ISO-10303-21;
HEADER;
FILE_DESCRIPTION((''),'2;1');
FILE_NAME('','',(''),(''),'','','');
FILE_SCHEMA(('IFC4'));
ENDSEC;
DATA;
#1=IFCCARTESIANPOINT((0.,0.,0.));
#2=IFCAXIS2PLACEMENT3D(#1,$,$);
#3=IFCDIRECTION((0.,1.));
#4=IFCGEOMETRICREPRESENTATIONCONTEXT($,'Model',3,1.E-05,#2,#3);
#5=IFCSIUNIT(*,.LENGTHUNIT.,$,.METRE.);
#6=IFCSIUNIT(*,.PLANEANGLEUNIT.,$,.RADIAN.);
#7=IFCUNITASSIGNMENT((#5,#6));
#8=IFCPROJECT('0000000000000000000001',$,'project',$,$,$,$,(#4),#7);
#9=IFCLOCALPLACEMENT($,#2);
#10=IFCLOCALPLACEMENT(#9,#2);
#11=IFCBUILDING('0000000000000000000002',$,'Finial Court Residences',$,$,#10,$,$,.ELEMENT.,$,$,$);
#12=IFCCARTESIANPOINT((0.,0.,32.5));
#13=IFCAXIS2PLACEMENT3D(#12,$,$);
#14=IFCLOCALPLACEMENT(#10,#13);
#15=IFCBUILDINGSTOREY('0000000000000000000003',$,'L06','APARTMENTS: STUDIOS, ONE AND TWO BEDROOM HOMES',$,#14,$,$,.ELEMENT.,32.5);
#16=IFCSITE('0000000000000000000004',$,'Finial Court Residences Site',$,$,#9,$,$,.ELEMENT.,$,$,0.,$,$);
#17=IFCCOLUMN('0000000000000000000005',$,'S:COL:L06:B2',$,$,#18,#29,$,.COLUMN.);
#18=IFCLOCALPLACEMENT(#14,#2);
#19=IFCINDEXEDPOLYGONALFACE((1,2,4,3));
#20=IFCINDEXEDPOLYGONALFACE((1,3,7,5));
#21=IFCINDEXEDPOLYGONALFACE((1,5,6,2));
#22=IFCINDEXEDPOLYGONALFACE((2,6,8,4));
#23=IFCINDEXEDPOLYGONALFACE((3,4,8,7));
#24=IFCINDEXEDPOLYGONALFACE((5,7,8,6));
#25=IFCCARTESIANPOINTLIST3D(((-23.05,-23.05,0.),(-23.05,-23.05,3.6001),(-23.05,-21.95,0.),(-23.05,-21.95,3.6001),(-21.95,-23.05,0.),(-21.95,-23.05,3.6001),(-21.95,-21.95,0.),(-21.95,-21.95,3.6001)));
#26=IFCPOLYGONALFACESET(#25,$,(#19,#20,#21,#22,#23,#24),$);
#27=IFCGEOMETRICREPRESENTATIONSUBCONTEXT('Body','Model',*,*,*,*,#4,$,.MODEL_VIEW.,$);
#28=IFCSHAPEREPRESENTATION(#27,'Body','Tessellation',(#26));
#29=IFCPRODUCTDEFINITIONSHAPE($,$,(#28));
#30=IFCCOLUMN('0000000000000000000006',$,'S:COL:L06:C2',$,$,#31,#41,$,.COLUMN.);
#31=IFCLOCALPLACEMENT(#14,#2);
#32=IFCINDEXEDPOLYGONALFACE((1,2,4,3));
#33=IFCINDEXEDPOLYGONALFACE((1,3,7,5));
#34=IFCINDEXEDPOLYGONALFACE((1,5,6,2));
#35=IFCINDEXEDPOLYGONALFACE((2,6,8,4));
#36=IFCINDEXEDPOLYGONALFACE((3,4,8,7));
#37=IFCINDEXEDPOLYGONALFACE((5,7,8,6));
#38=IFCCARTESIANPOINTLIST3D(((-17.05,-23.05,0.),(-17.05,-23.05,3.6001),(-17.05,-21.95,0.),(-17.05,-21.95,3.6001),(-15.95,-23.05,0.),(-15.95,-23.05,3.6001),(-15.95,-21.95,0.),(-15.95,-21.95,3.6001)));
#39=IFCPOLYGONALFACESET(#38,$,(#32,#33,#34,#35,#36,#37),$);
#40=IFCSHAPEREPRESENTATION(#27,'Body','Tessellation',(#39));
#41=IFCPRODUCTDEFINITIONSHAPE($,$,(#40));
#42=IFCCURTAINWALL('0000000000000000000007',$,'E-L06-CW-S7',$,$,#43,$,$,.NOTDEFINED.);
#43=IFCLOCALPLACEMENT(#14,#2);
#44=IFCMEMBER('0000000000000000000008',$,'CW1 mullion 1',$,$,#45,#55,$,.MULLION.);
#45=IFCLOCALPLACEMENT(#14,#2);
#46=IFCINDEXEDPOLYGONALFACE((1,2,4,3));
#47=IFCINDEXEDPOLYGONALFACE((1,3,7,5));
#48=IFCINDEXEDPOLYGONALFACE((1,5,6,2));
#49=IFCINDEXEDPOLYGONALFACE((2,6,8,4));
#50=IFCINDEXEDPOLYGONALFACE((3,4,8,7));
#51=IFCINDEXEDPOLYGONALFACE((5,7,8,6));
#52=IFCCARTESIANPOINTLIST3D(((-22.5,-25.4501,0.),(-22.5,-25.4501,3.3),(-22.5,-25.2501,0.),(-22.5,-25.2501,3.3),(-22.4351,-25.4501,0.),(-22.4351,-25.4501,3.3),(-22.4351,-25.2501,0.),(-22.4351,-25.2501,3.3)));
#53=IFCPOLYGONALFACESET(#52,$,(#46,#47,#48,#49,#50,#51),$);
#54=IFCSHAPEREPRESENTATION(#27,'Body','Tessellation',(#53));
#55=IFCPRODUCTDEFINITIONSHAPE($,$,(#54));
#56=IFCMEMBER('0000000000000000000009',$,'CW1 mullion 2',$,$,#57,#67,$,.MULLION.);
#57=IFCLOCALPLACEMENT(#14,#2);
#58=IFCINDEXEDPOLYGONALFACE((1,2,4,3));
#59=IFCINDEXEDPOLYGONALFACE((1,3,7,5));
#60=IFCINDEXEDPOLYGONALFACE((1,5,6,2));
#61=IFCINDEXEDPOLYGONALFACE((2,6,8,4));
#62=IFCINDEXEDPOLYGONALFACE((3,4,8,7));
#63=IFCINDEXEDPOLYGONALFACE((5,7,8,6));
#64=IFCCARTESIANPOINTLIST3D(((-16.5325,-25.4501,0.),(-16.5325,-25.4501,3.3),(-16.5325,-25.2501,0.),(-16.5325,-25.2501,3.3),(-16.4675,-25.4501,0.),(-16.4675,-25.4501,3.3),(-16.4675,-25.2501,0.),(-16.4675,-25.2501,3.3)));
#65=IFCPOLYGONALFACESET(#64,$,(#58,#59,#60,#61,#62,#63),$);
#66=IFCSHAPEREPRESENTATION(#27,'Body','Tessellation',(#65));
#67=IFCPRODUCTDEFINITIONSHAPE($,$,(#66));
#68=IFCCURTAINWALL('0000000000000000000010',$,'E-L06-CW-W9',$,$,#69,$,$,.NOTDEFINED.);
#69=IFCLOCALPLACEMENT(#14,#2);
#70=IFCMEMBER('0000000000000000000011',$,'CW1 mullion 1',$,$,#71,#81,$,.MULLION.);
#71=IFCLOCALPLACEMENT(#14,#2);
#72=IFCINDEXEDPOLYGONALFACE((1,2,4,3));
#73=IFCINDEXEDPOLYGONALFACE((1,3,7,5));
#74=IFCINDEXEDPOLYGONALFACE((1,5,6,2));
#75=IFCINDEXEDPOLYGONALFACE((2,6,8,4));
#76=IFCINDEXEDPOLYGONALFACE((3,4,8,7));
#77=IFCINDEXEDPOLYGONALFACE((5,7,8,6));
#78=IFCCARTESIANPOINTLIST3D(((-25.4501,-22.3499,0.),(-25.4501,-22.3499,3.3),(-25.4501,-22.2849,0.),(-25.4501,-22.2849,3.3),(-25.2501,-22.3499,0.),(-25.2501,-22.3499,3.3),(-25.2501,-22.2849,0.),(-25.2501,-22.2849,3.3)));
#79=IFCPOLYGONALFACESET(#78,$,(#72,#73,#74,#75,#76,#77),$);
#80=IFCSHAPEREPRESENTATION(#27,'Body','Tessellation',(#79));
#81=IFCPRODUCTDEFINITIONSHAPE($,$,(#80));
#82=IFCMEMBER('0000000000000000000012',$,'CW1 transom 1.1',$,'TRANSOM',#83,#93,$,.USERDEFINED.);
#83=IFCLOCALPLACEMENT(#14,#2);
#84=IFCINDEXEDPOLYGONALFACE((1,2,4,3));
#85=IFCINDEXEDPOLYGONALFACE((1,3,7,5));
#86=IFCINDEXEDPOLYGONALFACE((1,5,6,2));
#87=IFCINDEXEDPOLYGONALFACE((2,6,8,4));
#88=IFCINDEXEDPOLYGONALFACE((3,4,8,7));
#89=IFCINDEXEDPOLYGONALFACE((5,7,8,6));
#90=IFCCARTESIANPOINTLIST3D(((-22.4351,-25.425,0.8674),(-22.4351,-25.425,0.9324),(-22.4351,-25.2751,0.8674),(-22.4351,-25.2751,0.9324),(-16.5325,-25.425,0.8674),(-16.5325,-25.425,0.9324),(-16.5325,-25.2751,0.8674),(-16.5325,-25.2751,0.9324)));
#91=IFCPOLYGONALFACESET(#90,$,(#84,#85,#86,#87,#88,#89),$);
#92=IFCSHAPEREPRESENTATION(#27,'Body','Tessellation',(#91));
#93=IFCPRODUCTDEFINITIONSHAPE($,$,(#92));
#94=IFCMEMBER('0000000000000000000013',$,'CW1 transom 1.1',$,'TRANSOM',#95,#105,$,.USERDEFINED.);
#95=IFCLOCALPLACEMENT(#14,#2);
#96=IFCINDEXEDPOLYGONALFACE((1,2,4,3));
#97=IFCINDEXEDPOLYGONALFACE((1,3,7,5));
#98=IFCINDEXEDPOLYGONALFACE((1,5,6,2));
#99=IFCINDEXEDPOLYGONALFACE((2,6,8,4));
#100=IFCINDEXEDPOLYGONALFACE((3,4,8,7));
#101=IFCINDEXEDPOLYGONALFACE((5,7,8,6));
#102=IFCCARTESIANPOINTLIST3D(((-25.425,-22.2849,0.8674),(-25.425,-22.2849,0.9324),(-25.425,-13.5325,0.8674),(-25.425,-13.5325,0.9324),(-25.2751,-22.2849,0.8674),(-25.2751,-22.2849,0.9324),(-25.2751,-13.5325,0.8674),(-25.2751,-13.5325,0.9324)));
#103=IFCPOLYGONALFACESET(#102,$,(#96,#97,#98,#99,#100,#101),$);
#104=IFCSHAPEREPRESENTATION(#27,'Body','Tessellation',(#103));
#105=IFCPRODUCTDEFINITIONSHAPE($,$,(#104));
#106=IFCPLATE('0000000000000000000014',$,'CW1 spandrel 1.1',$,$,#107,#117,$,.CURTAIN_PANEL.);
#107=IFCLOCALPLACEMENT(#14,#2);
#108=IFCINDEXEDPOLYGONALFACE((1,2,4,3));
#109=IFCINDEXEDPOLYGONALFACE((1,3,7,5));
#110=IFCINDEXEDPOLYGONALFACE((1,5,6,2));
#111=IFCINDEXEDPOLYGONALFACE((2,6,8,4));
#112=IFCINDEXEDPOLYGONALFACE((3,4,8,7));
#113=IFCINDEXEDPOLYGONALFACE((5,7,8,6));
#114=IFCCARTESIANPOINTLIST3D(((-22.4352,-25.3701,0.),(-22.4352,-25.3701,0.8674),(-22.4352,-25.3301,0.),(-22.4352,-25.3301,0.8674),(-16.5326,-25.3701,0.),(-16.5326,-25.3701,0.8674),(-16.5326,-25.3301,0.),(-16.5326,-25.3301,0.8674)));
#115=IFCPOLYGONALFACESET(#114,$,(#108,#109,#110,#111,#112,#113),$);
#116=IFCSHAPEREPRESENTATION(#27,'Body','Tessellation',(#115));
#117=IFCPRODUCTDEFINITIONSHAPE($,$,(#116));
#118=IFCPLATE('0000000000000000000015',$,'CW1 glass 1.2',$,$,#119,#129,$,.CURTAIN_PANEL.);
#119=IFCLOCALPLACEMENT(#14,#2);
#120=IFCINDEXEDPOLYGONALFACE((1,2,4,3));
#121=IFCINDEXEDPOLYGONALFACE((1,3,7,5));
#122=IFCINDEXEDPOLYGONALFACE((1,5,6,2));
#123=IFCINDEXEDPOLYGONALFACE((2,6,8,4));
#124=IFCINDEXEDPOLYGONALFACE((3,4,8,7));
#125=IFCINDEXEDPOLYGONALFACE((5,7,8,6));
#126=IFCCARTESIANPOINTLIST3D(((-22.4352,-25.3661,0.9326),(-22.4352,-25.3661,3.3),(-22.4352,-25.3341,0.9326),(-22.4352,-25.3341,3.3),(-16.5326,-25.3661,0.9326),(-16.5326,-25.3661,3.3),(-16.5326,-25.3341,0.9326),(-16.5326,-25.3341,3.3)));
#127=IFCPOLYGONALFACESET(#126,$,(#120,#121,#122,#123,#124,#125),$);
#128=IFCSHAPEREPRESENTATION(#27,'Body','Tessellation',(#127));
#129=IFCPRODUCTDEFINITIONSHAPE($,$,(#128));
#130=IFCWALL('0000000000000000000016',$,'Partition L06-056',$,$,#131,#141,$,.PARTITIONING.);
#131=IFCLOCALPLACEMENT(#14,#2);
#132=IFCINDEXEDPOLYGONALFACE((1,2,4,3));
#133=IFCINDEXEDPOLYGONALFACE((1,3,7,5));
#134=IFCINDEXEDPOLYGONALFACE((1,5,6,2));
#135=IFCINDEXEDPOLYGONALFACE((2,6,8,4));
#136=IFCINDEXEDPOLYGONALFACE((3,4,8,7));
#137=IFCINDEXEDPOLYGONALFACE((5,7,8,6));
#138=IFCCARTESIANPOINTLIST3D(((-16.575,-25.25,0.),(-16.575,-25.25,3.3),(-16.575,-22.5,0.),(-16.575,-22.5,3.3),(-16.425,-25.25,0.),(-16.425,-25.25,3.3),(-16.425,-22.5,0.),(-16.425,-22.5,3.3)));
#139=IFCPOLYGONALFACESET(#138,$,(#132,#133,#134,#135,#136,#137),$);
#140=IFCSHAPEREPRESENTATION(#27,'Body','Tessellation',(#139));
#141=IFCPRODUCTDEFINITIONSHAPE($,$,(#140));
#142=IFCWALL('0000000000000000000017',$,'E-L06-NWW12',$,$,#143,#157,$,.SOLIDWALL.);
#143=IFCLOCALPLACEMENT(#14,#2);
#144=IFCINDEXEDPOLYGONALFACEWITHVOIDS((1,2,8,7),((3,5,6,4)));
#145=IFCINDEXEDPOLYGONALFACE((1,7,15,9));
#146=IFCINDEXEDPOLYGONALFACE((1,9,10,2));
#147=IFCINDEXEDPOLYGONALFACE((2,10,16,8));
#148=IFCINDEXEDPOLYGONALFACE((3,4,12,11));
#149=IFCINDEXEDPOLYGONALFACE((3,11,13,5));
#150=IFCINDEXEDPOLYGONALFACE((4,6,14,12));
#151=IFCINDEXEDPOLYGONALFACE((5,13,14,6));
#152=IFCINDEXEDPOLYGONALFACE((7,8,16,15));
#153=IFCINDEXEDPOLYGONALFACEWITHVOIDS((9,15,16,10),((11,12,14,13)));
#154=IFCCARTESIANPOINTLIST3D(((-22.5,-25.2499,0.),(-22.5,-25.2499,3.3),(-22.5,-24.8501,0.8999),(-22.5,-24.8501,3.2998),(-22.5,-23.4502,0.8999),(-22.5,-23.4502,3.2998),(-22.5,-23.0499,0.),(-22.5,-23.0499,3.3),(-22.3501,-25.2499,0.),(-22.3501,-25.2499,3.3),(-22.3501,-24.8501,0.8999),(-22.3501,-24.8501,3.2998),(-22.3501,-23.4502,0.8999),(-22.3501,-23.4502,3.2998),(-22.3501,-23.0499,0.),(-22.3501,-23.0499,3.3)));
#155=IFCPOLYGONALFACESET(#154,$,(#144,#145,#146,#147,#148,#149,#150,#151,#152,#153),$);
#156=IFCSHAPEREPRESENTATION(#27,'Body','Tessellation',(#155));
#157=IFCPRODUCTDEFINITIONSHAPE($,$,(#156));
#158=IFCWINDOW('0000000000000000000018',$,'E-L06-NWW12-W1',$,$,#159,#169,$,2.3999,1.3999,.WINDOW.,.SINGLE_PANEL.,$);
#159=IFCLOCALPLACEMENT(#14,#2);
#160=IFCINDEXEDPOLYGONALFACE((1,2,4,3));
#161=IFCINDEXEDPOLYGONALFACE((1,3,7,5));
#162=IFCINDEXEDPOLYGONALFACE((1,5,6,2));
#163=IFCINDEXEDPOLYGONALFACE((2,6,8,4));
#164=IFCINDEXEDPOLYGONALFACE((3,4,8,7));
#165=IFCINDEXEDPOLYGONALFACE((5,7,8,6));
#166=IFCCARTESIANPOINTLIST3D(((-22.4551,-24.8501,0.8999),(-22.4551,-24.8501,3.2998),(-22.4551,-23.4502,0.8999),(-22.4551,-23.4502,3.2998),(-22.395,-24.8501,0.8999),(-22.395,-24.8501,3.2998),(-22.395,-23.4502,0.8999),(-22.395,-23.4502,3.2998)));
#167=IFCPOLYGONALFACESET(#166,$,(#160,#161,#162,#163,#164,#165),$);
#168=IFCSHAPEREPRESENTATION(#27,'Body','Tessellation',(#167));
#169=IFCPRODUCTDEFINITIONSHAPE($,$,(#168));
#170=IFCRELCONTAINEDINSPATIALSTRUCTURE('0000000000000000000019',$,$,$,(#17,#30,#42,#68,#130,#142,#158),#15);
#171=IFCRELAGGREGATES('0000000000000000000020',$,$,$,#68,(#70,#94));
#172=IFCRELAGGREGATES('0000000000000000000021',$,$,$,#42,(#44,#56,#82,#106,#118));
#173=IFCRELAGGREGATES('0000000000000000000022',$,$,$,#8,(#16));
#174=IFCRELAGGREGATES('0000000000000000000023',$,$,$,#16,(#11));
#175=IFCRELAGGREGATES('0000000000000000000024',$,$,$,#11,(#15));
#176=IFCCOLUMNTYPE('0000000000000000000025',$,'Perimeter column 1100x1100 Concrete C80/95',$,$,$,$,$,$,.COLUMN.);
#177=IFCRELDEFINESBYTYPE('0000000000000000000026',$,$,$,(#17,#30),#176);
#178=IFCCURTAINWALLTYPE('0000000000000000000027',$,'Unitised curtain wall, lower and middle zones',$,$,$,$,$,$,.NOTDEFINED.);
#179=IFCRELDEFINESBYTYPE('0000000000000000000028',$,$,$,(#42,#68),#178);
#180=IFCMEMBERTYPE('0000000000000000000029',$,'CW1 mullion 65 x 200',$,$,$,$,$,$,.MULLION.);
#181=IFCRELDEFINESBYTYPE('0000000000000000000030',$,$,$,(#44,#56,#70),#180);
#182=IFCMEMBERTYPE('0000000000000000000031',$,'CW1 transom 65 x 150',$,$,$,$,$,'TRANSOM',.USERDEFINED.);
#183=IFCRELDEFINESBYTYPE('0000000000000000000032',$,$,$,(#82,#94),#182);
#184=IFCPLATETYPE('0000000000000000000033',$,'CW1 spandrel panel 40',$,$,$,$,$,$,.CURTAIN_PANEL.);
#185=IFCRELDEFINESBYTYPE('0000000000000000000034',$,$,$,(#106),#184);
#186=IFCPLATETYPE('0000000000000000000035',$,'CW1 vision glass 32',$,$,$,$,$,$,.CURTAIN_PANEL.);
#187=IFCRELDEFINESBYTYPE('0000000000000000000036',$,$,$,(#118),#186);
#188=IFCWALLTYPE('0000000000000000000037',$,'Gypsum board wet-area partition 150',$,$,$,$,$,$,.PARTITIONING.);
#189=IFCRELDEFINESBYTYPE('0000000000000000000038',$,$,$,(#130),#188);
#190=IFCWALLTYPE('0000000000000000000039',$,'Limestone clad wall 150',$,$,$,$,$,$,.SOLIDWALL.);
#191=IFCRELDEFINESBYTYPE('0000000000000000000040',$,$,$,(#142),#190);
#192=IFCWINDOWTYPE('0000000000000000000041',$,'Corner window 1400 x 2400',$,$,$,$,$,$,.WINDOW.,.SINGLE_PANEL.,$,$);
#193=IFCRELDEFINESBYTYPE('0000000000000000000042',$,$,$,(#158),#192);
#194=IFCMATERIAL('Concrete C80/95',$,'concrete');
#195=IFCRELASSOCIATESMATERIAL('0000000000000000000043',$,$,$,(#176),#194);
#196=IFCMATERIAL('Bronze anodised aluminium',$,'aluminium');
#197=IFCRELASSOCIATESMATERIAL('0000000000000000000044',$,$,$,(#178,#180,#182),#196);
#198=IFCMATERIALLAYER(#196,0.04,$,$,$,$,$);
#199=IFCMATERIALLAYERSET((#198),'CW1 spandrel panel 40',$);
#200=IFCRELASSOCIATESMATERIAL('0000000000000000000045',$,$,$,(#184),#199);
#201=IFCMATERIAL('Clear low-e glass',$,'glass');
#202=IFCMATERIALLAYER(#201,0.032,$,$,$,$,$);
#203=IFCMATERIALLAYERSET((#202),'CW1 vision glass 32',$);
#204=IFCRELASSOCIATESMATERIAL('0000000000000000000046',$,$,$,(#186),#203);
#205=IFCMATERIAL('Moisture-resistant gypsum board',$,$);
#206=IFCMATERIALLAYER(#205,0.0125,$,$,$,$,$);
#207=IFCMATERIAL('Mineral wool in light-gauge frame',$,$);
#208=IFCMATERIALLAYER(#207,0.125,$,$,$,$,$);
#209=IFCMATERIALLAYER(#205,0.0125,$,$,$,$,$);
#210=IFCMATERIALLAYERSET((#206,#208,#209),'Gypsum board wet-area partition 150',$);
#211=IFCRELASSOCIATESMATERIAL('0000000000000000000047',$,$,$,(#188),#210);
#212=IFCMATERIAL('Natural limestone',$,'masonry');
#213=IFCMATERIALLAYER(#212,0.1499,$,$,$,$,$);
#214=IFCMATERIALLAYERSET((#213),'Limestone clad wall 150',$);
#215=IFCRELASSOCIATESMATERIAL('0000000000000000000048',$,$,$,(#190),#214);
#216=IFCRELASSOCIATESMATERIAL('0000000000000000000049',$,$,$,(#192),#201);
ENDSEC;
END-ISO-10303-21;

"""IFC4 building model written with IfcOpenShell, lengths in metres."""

from ifc_helpers import new_model, si_unit, direction, frame, frame_2d, origin, origin_2d, place, context, subcontext, project, spatial, rectangle, extrude, material, layer, layer_set, material_profile, profile_set, type_object, element, fill, aggregate, save


model = new_model("IFC4")

# Units and contexts
model_context = context("Model", 3, precision=1e-05, world=origin(), true_north=direction((0.0, 1.0)))
body_context = subcontext(model_context, "Body", "Model", "MODEL_VIEW")
ifc_project = project(units=[si_unit("LENGTHUNIT", "METRE"), si_unit("PLANEANGLEUNIT", "RADIAN")], contexts=[model_context])

# Site, building, storey
site_placement = place(None, origin())
site = spatial("IfcSite", under=ifc_project, at=site_placement, Name="Finial Court Residences Site", CompositionType="ELEMENT", RefElevation=0.0)
building_placement = place(site_placement, origin())
building = spatial("IfcBuilding", under=site, at=building_placement, Name="Finial Court Residences", CompositionType="ELEMENT")
storey_placement = place(building_placement, frame((0.0, 0.0, 32.5)))
storey = spatial("IfcBuildingStorey", under=building, at=storey_placement, Name="L06", Description="APARTMENTS: STUDIOS, ONE AND TWO BEDROOM HOMES", CompositionType="ELEMENT", Elevation=32.5)

# Columns
ifc_material_1 = material(Name="Concrete C80/95", Category="concrete")
ifc_material_profile_1 = material_profile(ifc_material_1, rectangle(XDim=1.1001, YDim=1.1001, at=origin_2d()), Name="1100x1100")
ifc_profile_set_1 = profile_set([ifc_material_profile_1], Name="Concrete C80/95")
column_type = type_object("IfcColumnType", Name="Perimeter column 1100x1100 Concrete C80/95", PredefinedType="COLUMN", material=ifc_profile_set_1)
for number, where, z_axis, x_axis, name in (
    (1, (-22.5, -22.5, 0.0), (0.0, 0.0, 1.0), (1.0, 0.0, 0.0), "S:COL:L06:B2"),
    (2, (-16.5, -22.5, 0.0), (0.0, 0.0, 1.0), (1.0, 0.0, 0.0), "S:COL:L06:C2"),
):
    element("IfcColumn", number, at=place(storey_placement, frame(where, z_axis=z_axis, x_axis=x_axis)), inside=storey, type_object=column_type, Name=name, PredefinedType="COLUMN", context=body_context, shape_type="SweptSolid", body=[
        extrude(rectangle(XDim=1.1001, YDim=1.1001, at=origin_2d()), origin(), (0.0, 0.0, 1.0), 3.6001),
    ])

# Curtain wall, members
ifc_material_2 = material(Name="Bronze anodised aluminium", Category="aluminium")
curtain_wall_type = type_object("IfcCurtainWallType", Name="Unitised curtain wall, lower and middle zones", PredefinedType="NOTDEFINED", material=ifc_material_2)
curtain_wall_1_placement = place(storey_placement, origin())
curtain_wall_1 = element("IfcCurtainWall", 3, at=curtain_wall_1_placement, inside=storey, type_object=curtain_wall_type, Name="E-L06-CW-S7", PredefinedType="NOTDEFINED")
ifc_material_profile_2 = material_profile(ifc_material_2, rectangle(XDim=0.2, YDim=0.0649, at=origin_2d()), Name="CW1 mullion 65 x 200")
ifc_profile_set_2 = profile_set([ifc_material_profile_2], Name="Bronze anodised aluminium")
member_type_1 = type_object("IfcMemberType", Name="CW1 mullion 65 x 200", PredefinedType="MULLION", material=ifc_profile_set_2)
member_1_placement = place(storey_placement, frame((-22.4675, -25.3501, 0.0), z_axis=(0.0, 0.0, 1.0), x_axis=(0.0, 1.0, 0.0)))
member_1 = element("IfcMember", 4, at=member_1_placement, type_object=member_type_1, Name="CW1 mullion 1", PredefinedType="MULLION", context=body_context, shape_type="SweptSolid", body=[
    extrude(rectangle(XDim=0.2, YDim=0.0649, at=origin_2d()), origin(), (0.0, 0.0, 1.0), 3.3),
])
member_2_placement = place(storey_placement, frame((-16.5, -25.3501, 0.0), z_axis=(0.0, 0.0, 1.0), x_axis=(0.0, 1.0, 0.0)))
member_2 = element("IfcMember", 5, at=member_2_placement, type_object=member_type_1, Name="CW1 mullion 2", PredefinedType="MULLION", context=body_context, shape_type="SweptSolid", body=[
    extrude(rectangle(XDim=0.2, YDim=0.0649, at=origin_2d()), origin(), (0.0, 0.0, 1.0), 3.3),
])

# Curtain wall, member
curtain_wall_2_placement = place(storey_placement, origin())
curtain_wall_2 = element("IfcCurtainWall", 6, at=curtain_wall_2_placement, inside=storey, type_object=curtain_wall_type, Name="E-L06-CW-W9", PredefinedType="NOTDEFINED")
member_3_placement = place(storey_placement, frame((-25.3501, -22.3174, 0.0), z_axis=(0.0, 0.0, 1.0), x_axis=(-1.0, 0.0, 0.0)))
member_3 = element("IfcMember", 7, at=member_3_placement, type_object=member_type_1, Name="CW1 mullion 1", PredefinedType="MULLION", context=body_context, shape_type="SweptSolid", body=[
    extrude(rectangle(XDim=0.2, YDim=0.0649, at=origin_2d()), origin(), (0.0, 0.0, 1.0), 3.3),
])

# Members
ifc_material_profile_3 = material_profile(ifc_material_2, rectangle(XDim=0.1499, YDim=0.0649, at=origin_2d()), Name="CW1 transom 65 x 150")
ifc_profile_set_3 = profile_set([ifc_material_profile_3], Name="Bronze anodised aluminium")
member_type_2 = type_object("IfcMemberType", Name="CW1 transom 65 x 150", ElementType="TRANSOM", PredefinedType="USERDEFINED", material=ifc_profile_set_3)
member_4_placement = place(storey_placement, frame((-22.4351, -25.3501, 0.8999), z_axis=(1.0, 0.0, 0.0), x_axis=(0.0, 1.0, 0.0)))
member_4 = element("IfcMember", 8, at=member_4_placement, type_object=member_type_2, Name="CW1 transom 1.1", ObjectType="TRANSOM", PredefinedType="USERDEFINED", context=body_context, shape_type="SweptSolid", body=[
    extrude(rectangle(XDim=0.1499, YDim=0.0649, at=origin_2d()), origin(), (0.0, 0.0, 1.0), 5.9026),
])
member_5_placement = place(storey_placement, frame((-25.3501, -22.2849, 0.8999), z_axis=(0.0, 1.0, 0.0), x_axis=(-1.0, 0.0, 0.0)))
member_5 = element("IfcMember", 9, at=member_5_placement, type_object=member_type_2, Name="CW1 transom 1.1", ObjectType="TRANSOM", PredefinedType="USERDEFINED", context=body_context, shape_type="SweptSolid", body=[
    extrude(rectangle(XDim=0.1499, YDim=0.0649, at=origin_2d()), origin(), (0.0, 0.0, 1.0), 8.7524),
])
aggregate(curtain_wall_2, [member_3, member_5])

# Plates
ifc_layer_1 = layer(ifc_material_2, 0.04)
ifc_layer_set_1 = layer_set([ifc_layer_1], Name="CW1 spandrel panel 40")
plate_type_1 = type_object("IfcPlateType", Name="CW1 spandrel panel 40", PredefinedType="CURTAIN_PANEL", material=ifc_layer_set_1)
plate_1_placement = place(storey_placement, frame((-19.4839, -25.3501, 0.0), z_axis=(0.0, 0.0, 1.0), x_axis=(1.0, 0.0, 0.0)))
plate_1 = element("IfcPlate", 10, at=plate_1_placement, type_object=plate_type_1, Name="CW1 spandrel 1.1", PredefinedType="CURTAIN_PANEL", context=body_context, shape_type="SweptSolid", body=[
    extrude(rectangle(XDim=5.9026, YDim=0.04, at=origin_2d()), origin(), (0.0, 0.0, 1.0), 0.8674),
])
ifc_material_3 = material(Name="Clear low-e glass", Category="glass")
ifc_layer_2 = layer(ifc_material_3, 0.032)
ifc_layer_set_2 = layer_set([ifc_layer_2], Name="CW1 vision glass 32")
plate_type_2 = type_object("IfcPlateType", Name="CW1 vision glass 32", PredefinedType="CURTAIN_PANEL", material=ifc_layer_set_2)
plate_2_placement = place(storey_placement, frame((-19.4839, -25.3501, 0.9326), z_axis=(0.0, 0.0, 1.0), x_axis=(1.0, 0.0, 0.0)))
plate_2 = element("IfcPlate", 11, at=plate_2_placement, type_object=plate_type_2, Name="CW1 glass 1.2", PredefinedType="CURTAIN_PANEL", context=body_context, shape_type="SweptSolid", body=[
    extrude(rectangle(XDim=5.9026, YDim=0.032, at=origin_2d()), origin(), (0.0, 0.0, 1.0), 2.3674),
])
aggregate(curtain_wall_1, [member_1, member_2, member_4, plate_1, plate_2])

# Wall
ifc_material_4 = material(Name="Moisture-resistant gypsum board")
ifc_layer_3 = layer(ifc_material_4, 0.0125)
ifc_material_5 = material(Name="Mineral wool in light-gauge frame")
ifc_layer_4 = layer(ifc_material_5, 0.125)
ifc_layer_5 = layer(ifc_material_4, 0.0125)
ifc_layer_set_3 = layer_set([ifc_layer_3, ifc_layer_4, ifc_layer_5], Name="Gypsum board wet-area partition 150")
wall_type_1 = type_object("IfcWallType", Name="Gypsum board wet-area partition 150", PredefinedType="PARTITIONING", material=ifc_layer_set_3)
wall_1_placement = place(storey_placement, frame((-16.5, -25.25, 0.0), z_axis=(0.0, 0.0, 1.0), x_axis=(0.0, 1.0, 0.0)))
element("IfcWall", 12, at=wall_1_placement, inside=storey, type_object=wall_type_1, Name="Partition L06-056", PredefinedType="PARTITIONING", context=body_context, shape_type="SweptSolid", body=[
    extrude(rectangle(XDim=2.75, YDim=0.1499, at=frame_2d((1.375, 0.0))), origin(), (0.0, 0.0, 1.0), 3.3),
])

# Wall, opening, window
ifc_material_6 = material(Name="Natural limestone", Category="masonry")
ifc_layer_6 = layer(ifc_material_6, 0.1499)
ifc_layer_set_4 = layer_set([ifc_layer_6], Name="Limestone clad wall 150")
wall_type_2 = type_object("IfcWallType", Name="Limestone clad wall 150", PredefinedType="SOLIDWALL", material=ifc_layer_set_4)
wall_2_placement = place(storey_placement, frame((-22.425, -25.25, 0.0), z_axis=(0.0, 0.0, 1.0), x_axis=(0.0, 1.0, 0.0)))
wall_2 = element("IfcWall", 13, at=wall_2_placement, inside=storey, type_object=wall_type_2, Name="E-L06-NWW12", PredefinedType="SOLIDWALL", context=body_context, shape_type="SweptSolid", body=[
    extrude(rectangle(XDim=2.2, YDim=0.1499, at=frame_2d((1.1001, 0.0))), origin(), (0.0, 0.0, 1.0), 3.3),
])
opening_1_placement = place(wall_2_placement, frame((0.3999, 0.0, 0.8999)))
opening_1 = element("IfcOpeningElement", 14, at=opening_1_placement, cuts=wall_2, PredefinedType="OPENING", context=body_context, shape_type="SweptSolid", body=[
    extrude(rectangle(XDim=1.3999, YDim=2.3999, at=frame_2d((0.7, 1.2))), frame((0.0, 0.085, 0.0), z_axis=(0.0, -1.0, 0.0), x_axis=(1.0, 0.0, 0.0)), (0.0, 0.0, 1.0), 0.1699),
])
window_type_1 = type_object("IfcWindowType", Name="Corner window 1400 x 2400", PartitioningType="SINGLE_PANEL", PredefinedType="WINDOW", material=ifc_material_3)
window_1_placement = place(opening_1_placement, origin())
window_1 = element("IfcWindow", 15, at=window_1_placement, inside=storey, type_object=window_type_1, Name="E-L06-NWW12-W1", OverallHeight=2.3999, OverallWidth=1.3999, PartitioningType="SINGLE_PANEL", PredefinedType="WINDOW", context=body_context, shape_type="SweptSolid", body=[
    extrude(rectangle(XDim=1.3999, YDim=2.3999, at=frame_2d((0.7, 1.2))), frame((0.0, 0.03, 0.0), z_axis=(0.0, -1.0, 0.0), x_axis=(1.0, 0.0, 0.0)), (0.0, 0.0, 1.0), 0.0601),
])
fill(opening_1, window_1)

save(model, "model.ifc")
